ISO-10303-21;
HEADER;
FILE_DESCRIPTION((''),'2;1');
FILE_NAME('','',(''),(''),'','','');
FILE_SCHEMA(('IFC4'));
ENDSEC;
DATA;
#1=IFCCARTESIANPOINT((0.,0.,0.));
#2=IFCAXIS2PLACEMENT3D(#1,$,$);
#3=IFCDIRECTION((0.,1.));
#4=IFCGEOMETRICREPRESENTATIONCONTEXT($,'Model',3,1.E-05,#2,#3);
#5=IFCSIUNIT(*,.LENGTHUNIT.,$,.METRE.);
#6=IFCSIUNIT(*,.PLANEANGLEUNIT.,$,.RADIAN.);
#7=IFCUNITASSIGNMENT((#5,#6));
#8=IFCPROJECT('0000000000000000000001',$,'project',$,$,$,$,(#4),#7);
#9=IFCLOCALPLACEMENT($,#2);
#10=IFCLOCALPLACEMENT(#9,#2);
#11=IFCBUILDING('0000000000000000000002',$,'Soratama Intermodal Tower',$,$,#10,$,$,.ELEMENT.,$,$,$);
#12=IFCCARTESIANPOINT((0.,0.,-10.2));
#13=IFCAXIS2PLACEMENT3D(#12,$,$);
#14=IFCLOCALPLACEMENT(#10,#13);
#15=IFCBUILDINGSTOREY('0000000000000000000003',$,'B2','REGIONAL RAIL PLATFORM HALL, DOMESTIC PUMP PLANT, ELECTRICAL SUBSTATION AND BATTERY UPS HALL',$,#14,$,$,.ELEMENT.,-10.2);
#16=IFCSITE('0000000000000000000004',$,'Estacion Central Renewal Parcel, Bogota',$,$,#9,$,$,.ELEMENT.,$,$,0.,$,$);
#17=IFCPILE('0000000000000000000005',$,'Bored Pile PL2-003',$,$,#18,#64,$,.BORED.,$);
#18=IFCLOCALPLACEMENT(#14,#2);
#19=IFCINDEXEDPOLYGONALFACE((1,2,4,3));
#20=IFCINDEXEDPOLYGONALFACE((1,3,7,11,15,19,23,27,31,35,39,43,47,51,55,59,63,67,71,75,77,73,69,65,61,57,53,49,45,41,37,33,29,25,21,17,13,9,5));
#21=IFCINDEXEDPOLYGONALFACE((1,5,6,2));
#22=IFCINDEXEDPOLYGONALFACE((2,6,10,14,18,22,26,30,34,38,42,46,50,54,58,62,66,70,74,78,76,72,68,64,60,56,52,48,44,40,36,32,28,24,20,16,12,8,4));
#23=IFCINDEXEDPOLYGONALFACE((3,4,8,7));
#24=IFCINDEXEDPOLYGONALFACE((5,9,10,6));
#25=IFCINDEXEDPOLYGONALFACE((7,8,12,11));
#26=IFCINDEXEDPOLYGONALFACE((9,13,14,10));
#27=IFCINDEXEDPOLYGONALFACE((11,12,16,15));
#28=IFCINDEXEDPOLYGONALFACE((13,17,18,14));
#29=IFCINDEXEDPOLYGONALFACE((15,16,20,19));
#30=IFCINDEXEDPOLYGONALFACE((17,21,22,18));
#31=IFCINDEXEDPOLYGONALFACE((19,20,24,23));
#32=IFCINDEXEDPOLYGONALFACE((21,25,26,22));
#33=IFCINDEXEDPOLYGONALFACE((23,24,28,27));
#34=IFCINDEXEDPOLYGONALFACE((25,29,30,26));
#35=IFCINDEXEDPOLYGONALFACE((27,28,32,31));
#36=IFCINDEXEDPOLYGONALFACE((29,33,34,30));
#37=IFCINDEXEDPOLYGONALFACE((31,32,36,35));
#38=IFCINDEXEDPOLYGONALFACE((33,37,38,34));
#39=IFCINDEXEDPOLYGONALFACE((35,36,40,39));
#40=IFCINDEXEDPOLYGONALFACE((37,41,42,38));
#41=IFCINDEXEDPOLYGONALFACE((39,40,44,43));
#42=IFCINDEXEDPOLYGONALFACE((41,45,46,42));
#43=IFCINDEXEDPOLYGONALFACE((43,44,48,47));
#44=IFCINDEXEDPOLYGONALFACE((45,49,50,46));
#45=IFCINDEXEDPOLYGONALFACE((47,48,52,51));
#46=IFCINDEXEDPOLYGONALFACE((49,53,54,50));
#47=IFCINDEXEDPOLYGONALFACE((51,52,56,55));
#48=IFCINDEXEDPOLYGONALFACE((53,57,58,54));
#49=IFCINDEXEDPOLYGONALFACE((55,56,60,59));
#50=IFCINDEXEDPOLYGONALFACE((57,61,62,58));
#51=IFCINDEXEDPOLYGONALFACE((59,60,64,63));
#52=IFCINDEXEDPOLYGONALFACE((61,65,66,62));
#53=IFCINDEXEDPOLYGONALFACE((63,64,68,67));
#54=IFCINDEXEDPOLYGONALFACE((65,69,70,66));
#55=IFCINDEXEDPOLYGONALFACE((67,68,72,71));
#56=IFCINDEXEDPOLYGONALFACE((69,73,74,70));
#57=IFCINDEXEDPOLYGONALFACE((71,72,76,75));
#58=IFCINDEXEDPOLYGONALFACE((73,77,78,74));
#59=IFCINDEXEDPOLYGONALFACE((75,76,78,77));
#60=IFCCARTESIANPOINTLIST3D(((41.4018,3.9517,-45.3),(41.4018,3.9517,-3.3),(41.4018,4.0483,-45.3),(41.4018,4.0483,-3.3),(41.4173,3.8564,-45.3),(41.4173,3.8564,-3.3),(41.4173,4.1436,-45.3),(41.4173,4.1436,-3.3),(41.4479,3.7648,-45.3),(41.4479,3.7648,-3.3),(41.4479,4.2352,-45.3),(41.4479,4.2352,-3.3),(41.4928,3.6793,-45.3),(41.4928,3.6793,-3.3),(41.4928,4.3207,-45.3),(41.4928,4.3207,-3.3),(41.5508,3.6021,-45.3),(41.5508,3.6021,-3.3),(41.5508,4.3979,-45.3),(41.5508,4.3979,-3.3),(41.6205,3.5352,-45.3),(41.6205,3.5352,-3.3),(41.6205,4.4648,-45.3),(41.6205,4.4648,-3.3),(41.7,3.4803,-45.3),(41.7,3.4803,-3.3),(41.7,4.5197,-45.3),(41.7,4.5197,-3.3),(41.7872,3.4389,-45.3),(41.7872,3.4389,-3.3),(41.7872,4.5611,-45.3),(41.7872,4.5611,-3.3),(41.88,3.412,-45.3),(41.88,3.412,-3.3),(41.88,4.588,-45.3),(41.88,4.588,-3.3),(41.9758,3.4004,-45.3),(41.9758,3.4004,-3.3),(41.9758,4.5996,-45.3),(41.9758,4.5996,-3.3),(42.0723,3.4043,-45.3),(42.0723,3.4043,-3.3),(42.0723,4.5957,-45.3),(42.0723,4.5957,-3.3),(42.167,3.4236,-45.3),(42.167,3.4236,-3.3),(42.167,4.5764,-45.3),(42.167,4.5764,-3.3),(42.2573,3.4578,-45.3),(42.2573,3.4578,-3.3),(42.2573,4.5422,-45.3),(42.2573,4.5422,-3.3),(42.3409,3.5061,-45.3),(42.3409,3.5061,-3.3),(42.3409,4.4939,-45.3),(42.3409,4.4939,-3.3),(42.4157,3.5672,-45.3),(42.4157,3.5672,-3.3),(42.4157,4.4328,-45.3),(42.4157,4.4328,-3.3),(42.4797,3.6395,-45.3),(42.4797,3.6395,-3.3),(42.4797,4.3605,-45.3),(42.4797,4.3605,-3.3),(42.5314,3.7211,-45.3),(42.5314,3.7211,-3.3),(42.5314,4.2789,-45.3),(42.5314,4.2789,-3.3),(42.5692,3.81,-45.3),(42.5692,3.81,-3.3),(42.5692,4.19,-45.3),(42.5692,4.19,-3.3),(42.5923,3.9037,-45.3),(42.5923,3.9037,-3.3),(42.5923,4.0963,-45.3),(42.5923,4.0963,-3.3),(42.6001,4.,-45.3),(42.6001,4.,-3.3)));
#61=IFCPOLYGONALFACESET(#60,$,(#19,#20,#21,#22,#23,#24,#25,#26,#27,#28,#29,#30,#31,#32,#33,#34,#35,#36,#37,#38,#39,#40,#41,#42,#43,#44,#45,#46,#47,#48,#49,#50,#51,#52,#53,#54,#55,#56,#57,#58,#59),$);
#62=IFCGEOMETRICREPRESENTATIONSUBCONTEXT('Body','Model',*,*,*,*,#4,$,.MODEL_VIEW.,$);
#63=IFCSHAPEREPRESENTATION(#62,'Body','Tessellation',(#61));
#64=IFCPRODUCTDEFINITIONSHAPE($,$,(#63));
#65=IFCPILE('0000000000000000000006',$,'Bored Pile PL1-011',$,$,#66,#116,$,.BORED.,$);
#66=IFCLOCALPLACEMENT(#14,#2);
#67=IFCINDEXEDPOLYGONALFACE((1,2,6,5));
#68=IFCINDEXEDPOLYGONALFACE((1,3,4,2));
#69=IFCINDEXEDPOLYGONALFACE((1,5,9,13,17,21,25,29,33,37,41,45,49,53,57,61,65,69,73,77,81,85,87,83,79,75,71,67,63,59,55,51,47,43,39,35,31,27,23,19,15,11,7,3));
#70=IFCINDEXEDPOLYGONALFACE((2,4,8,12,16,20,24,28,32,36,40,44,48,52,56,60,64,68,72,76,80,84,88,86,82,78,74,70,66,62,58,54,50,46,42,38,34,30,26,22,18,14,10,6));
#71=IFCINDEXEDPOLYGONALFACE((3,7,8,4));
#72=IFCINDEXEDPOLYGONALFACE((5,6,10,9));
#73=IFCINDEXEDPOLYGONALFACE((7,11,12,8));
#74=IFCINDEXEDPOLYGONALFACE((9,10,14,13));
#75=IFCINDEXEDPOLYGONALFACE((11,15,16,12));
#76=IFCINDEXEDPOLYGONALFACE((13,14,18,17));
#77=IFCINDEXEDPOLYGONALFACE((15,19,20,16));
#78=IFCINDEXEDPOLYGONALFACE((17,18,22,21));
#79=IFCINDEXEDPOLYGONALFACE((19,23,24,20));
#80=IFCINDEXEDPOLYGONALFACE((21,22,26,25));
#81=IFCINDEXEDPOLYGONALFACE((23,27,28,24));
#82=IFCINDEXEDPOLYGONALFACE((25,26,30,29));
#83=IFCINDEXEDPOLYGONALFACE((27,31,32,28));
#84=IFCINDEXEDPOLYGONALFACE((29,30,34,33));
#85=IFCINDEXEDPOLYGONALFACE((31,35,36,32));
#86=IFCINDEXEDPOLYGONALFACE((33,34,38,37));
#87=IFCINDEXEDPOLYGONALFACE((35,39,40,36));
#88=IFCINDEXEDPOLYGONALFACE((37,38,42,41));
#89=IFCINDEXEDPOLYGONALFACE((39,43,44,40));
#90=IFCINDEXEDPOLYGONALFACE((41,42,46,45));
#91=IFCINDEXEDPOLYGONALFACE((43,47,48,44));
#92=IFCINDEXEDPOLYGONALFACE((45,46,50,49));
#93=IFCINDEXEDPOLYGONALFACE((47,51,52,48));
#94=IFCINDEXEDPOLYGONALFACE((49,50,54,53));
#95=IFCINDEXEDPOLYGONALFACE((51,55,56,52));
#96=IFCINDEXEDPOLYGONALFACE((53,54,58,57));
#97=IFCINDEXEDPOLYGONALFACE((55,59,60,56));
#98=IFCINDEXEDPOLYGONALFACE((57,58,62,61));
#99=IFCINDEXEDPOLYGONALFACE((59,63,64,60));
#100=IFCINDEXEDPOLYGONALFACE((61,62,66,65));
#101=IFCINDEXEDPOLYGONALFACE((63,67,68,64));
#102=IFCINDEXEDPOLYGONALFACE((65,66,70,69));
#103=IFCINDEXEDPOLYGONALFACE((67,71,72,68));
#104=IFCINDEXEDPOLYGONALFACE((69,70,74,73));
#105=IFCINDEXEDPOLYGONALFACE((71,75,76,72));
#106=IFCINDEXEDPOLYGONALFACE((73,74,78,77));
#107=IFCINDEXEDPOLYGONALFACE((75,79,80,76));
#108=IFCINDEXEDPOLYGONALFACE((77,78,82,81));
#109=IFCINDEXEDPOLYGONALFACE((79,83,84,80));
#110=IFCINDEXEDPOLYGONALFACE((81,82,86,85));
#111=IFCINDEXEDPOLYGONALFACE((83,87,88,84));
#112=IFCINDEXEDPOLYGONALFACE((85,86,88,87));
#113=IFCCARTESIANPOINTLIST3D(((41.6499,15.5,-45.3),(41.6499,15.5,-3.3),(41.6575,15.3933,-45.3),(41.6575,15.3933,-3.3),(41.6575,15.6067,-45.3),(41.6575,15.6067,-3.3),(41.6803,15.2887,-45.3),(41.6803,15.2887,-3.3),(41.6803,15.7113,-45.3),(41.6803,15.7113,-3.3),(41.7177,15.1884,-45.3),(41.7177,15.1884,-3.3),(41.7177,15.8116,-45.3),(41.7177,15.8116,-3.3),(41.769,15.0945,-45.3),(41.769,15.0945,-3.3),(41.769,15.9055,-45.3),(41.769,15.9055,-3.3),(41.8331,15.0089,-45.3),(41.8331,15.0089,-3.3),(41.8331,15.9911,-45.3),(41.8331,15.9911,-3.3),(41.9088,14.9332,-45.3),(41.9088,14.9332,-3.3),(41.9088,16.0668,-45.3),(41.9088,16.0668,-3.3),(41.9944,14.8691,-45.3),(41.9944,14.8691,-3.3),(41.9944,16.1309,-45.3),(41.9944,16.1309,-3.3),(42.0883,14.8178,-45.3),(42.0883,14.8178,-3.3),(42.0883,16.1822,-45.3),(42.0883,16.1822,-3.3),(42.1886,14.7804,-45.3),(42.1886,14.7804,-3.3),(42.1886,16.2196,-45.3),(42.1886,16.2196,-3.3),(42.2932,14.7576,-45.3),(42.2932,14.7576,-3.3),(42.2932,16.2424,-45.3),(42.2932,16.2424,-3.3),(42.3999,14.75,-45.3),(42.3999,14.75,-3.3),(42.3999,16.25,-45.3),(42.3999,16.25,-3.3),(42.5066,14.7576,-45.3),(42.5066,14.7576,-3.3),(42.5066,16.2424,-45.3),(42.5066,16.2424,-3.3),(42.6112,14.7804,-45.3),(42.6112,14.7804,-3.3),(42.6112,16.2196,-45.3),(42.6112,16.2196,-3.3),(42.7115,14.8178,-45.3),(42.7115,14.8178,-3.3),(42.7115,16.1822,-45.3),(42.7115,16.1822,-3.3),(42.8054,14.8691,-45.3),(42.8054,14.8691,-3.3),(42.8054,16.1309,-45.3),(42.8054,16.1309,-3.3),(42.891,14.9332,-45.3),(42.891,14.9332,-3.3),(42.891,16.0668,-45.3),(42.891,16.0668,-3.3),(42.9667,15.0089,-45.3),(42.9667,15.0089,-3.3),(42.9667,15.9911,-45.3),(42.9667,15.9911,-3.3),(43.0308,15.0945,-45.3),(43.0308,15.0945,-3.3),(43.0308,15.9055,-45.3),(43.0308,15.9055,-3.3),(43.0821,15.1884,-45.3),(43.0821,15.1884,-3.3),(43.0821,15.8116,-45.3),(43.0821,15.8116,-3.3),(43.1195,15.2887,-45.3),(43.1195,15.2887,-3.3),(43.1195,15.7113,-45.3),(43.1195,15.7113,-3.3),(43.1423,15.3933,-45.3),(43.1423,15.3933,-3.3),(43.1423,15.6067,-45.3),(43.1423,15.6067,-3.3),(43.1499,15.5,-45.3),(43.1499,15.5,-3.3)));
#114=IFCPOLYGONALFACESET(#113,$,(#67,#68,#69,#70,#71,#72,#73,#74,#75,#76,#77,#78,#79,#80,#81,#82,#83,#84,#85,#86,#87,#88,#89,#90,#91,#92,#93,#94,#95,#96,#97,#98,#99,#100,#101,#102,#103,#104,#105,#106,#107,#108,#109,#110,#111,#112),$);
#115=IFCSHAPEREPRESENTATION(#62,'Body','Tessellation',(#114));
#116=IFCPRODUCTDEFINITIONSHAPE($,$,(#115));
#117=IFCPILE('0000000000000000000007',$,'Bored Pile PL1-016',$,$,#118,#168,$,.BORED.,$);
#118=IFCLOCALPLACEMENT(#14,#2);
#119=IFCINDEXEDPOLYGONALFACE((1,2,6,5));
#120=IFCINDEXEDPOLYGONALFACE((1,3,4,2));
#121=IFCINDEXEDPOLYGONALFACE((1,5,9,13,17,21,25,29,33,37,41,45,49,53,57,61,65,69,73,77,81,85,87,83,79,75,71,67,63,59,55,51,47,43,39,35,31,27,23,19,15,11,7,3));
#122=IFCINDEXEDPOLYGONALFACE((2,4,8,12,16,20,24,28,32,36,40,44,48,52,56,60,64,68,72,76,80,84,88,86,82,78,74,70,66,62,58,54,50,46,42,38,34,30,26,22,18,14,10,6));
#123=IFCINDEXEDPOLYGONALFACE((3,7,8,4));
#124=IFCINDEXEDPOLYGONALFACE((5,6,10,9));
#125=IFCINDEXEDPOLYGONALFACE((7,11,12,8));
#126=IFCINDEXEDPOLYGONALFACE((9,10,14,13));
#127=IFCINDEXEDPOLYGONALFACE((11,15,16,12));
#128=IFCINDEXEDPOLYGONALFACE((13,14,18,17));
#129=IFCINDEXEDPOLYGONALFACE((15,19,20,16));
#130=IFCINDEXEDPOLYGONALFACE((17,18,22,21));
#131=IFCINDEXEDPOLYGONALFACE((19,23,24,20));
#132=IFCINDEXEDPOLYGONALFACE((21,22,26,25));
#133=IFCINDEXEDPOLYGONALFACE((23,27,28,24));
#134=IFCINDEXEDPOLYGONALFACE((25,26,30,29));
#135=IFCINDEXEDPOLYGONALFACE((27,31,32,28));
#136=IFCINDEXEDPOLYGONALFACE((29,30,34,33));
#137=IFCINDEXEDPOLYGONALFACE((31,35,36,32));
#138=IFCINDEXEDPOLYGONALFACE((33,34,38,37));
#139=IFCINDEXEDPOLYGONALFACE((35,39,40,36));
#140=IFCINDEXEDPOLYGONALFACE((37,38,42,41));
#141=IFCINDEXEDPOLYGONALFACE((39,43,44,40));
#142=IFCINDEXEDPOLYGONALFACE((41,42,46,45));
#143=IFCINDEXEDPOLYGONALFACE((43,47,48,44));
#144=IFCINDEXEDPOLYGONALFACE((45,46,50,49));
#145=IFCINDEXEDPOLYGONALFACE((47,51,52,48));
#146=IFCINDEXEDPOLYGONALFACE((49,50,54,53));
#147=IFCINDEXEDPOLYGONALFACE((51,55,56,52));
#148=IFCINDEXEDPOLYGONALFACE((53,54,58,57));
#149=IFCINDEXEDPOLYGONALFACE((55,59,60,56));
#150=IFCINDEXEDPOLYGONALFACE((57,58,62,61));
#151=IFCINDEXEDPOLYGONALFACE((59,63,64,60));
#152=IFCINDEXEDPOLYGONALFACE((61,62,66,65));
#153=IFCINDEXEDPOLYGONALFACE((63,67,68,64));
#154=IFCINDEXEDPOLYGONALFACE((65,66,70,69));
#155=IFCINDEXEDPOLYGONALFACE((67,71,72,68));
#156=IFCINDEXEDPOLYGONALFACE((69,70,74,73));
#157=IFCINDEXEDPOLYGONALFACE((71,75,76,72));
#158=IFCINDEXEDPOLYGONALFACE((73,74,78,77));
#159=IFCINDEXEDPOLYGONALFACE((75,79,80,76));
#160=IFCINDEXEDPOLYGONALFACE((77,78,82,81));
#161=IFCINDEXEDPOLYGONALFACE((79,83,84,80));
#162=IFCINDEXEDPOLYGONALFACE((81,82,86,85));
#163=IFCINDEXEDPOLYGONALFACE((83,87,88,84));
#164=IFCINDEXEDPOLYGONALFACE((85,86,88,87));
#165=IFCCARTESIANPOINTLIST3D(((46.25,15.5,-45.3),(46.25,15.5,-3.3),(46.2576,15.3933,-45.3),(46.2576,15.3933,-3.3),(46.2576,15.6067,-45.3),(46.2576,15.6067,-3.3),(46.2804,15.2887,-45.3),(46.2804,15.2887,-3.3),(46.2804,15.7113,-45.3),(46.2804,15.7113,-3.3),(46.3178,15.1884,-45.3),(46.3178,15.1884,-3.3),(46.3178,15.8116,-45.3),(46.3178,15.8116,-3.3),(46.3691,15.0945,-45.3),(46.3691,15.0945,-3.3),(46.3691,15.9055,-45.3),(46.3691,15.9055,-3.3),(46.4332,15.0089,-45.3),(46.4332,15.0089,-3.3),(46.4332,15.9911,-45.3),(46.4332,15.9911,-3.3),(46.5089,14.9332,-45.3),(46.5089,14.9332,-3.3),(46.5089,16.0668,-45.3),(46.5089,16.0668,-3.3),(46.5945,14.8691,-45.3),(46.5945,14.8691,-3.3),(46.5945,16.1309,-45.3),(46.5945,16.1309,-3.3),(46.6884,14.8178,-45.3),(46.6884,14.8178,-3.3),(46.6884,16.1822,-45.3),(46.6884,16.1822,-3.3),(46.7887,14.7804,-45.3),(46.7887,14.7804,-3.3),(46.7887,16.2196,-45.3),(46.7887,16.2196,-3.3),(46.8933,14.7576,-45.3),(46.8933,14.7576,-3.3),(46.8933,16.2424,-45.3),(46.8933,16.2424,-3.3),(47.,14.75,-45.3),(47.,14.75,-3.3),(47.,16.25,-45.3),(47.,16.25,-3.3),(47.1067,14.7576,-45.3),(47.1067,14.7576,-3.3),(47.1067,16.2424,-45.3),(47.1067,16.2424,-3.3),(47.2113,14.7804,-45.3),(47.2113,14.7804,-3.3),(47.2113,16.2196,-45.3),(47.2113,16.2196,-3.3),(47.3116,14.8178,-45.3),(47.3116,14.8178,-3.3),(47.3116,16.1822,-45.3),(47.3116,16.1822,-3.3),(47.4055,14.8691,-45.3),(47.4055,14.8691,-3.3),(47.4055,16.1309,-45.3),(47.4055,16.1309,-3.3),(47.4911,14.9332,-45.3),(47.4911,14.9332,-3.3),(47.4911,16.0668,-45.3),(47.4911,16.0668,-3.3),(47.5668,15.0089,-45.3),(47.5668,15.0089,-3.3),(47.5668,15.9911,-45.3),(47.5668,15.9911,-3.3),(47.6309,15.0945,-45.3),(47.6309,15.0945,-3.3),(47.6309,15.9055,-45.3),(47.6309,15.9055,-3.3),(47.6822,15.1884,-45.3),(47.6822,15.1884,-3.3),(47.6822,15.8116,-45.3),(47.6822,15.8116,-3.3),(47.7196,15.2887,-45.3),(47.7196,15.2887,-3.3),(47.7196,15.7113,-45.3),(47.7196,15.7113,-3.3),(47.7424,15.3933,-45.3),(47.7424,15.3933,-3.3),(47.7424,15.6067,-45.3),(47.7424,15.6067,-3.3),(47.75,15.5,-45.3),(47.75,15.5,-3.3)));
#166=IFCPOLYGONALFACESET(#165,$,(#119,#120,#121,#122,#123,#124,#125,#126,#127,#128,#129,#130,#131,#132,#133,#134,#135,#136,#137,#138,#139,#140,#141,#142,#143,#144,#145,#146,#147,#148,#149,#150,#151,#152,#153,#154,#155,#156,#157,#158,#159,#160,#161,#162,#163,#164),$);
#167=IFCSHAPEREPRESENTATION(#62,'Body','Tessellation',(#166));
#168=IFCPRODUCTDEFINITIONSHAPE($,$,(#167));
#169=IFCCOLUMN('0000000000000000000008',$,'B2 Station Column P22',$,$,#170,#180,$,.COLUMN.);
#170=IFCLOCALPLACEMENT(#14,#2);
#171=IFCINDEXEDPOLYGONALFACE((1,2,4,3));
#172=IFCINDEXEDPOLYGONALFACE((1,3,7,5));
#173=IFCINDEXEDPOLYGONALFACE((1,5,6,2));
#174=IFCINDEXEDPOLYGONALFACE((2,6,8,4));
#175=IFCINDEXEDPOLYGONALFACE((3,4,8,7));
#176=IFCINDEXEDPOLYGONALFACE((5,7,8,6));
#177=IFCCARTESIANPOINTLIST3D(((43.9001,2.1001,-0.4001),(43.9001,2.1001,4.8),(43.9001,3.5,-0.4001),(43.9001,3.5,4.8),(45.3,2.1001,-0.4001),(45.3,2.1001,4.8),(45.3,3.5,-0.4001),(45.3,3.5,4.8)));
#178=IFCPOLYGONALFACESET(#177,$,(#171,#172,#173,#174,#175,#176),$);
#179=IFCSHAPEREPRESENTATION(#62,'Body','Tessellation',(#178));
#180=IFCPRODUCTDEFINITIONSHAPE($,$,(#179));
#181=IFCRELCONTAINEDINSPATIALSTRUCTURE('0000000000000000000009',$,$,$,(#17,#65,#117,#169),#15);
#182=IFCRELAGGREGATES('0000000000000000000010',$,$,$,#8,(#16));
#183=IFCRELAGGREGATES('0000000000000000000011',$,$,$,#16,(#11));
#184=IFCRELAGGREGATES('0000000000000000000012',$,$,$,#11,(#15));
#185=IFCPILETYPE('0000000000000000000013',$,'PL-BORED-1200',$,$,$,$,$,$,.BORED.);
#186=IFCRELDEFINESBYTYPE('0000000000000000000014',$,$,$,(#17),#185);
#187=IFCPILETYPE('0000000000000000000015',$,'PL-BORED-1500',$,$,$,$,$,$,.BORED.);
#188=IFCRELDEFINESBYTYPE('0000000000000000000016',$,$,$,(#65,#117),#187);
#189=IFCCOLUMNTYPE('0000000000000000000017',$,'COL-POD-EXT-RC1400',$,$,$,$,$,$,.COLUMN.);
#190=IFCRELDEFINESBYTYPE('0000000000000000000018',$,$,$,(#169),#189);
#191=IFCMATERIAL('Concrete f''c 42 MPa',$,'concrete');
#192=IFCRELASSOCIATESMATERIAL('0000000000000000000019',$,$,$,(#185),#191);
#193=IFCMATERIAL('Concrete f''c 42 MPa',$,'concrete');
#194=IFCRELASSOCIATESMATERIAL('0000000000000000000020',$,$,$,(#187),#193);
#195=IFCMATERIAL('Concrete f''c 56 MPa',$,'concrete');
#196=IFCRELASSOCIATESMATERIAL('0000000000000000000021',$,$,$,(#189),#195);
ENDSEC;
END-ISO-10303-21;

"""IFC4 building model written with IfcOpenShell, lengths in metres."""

from ifc_helpers import new_model, si_unit, direction, frame, origin, origin_2d, place, context, subcontext, project, spatial, rectangle, circle, extrude, material, material_profile, profile_set, type_object, element, save


model = new_model("IFC4")

# Units and contexts
model_context = context("Model", 3, precision=1e-05, world=origin(), true_north=direction((0.0, 1.0)))
body_context = subcontext(model_context, "Body", "Model", "MODEL_VIEW")
ifc_project = project(units=[si_unit("LENGTHUNIT", "METRE"), si_unit("PLANEANGLEUNIT", "RADIAN")], contexts=[model_context])

# Site, building, storey
site_placement = place(None, origin())
site = spatial("IfcSite", under=ifc_project, at=site_placement, Name="Estacion Central Renewal Parcel, Bogota", CompositionType="ELEMENT", RefElevation=0.0)
building_placement = place(site_placement, origin())
building = spatial("IfcBuilding", under=site, at=building_placement, Name="Soratama Intermodal Tower", CompositionType="ELEMENT")
storey_placement = place(building_placement, frame((0.0, 0.0, -10.2)))
storey = spatial("IfcBuildingStorey", under=building, at=storey_placement, Name="B2", Description="REGIONAL RAIL PLATFORM HALL, DOMESTIC PUMP PLANT, ELECTRICAL SUBSTATION AND BATTERY UPS HALL", CompositionType="ELEMENT", Elevation=-10.2)

# Piles
ifc_material_1 = material(Name="Concrete f'c 42 MPa", Category="concrete")
ifc_material_profile_1 = material_profile(ifc_material_1, circle(Radius=0.6001, at=origin_2d()), Name="PILE1200")
ifc_profile_set_1 = profile_set([ifc_material_profile_1], Name="Concrete f'c 42 MPa")
pile_type_1 = type_object("IfcPileType", Name="PL-BORED-1200", PredefinedType="BORED", material=ifc_profile_set_1)
pile_placement = place(storey_placement, frame((42.0, 4.0, -3.3), z_axis=(0.0, 0.0, -1.0), x_axis=(1.0, 0.0, 0.0)))
element("IfcPile", 1, at=pile_placement, inside=storey, type_object=pile_type_1, Name="Bored Pile PL2-003", PredefinedType="BORED", context=body_context, shape_type="SweptSolid", body=[
    extrude(circle(Radius=0.6001, at=origin_2d()), origin(), (0.0, 0.0, 1.0), 42.0),
])
ifc_material_2 = material(Name="Concrete f'c 42 MPa", Category="concrete")
ifc_material_profile_2 = material_profile(ifc_material_2, circle(Radius=0.75, at=origin_2d()), Name="PILE1500")
ifc_profile_set_2 = profile_set([ifc_material_profile_2], Name="Concrete f'c 42 MPa")
pile_type_2 = type_object("IfcPileType", Name="PL-BORED-1500", PredefinedType="BORED", material=ifc_profile_set_2)
for number, where, z_axis, x_axis, name in (
    (2, (42.3999, 15.5, -3.3), (0.0, 0.0, -1.0), (1.0, 0.0, 0.0), "Bored Pile PL1-011"),
    (3, (47.0, 15.5, -3.3), (0.0, 0.0, -1.0), (1.0, 0.0, 0.0), "Bored Pile PL1-016"),
):
    element("IfcPile", number, at=place(storey_placement, frame(where, z_axis=z_axis, x_axis=x_axis)), inside=storey, type_object=pile_type_2, Name=name, PredefinedType="BORED", context=body_context, shape_type="SweptSolid", body=[
        extrude(circle(Radius=0.75, at=origin_2d()), origin(), (0.0, 0.0, 1.0), 42.0),
    ])

# Column
ifc_material_3 = material(Name="Concrete f'c 56 MPa", Category="concrete")
ifc_material_profile_3 = material_profile(ifc_material_3, rectangle(XDim=1.3999, YDim=1.3999, at=origin_2d()), Name="RC1400X1400")
ifc_profile_set_3 = profile_set([ifc_material_profile_3], Name="Concrete f'c 56 MPa")
column_type_1 = type_object("IfcColumnType", Name="COL-POD-EXT-RC1400", PredefinedType="COLUMN", material=ifc_profile_set_3)
column_1_placement = place(storey_placement, frame((44.6001, 2.8, -0.4001), z_axis=(0.0, 0.0, 1.0), x_axis=(1.0, 0.0, 0.0)))
element("IfcColumn", 4, at=column_1_placement, inside=storey, type_object=column_type_1, Name="B2 Station Column P22", PredefinedType="COLUMN", context=body_context, shape_type="SweptSolid", body=[
    extrude(rectangle(XDim=1.3999, YDim=1.3999, at=origin_2d()), origin(), (0.0, 0.0, 1.0), 5.2002),
])

save(model, "model.ifc")
